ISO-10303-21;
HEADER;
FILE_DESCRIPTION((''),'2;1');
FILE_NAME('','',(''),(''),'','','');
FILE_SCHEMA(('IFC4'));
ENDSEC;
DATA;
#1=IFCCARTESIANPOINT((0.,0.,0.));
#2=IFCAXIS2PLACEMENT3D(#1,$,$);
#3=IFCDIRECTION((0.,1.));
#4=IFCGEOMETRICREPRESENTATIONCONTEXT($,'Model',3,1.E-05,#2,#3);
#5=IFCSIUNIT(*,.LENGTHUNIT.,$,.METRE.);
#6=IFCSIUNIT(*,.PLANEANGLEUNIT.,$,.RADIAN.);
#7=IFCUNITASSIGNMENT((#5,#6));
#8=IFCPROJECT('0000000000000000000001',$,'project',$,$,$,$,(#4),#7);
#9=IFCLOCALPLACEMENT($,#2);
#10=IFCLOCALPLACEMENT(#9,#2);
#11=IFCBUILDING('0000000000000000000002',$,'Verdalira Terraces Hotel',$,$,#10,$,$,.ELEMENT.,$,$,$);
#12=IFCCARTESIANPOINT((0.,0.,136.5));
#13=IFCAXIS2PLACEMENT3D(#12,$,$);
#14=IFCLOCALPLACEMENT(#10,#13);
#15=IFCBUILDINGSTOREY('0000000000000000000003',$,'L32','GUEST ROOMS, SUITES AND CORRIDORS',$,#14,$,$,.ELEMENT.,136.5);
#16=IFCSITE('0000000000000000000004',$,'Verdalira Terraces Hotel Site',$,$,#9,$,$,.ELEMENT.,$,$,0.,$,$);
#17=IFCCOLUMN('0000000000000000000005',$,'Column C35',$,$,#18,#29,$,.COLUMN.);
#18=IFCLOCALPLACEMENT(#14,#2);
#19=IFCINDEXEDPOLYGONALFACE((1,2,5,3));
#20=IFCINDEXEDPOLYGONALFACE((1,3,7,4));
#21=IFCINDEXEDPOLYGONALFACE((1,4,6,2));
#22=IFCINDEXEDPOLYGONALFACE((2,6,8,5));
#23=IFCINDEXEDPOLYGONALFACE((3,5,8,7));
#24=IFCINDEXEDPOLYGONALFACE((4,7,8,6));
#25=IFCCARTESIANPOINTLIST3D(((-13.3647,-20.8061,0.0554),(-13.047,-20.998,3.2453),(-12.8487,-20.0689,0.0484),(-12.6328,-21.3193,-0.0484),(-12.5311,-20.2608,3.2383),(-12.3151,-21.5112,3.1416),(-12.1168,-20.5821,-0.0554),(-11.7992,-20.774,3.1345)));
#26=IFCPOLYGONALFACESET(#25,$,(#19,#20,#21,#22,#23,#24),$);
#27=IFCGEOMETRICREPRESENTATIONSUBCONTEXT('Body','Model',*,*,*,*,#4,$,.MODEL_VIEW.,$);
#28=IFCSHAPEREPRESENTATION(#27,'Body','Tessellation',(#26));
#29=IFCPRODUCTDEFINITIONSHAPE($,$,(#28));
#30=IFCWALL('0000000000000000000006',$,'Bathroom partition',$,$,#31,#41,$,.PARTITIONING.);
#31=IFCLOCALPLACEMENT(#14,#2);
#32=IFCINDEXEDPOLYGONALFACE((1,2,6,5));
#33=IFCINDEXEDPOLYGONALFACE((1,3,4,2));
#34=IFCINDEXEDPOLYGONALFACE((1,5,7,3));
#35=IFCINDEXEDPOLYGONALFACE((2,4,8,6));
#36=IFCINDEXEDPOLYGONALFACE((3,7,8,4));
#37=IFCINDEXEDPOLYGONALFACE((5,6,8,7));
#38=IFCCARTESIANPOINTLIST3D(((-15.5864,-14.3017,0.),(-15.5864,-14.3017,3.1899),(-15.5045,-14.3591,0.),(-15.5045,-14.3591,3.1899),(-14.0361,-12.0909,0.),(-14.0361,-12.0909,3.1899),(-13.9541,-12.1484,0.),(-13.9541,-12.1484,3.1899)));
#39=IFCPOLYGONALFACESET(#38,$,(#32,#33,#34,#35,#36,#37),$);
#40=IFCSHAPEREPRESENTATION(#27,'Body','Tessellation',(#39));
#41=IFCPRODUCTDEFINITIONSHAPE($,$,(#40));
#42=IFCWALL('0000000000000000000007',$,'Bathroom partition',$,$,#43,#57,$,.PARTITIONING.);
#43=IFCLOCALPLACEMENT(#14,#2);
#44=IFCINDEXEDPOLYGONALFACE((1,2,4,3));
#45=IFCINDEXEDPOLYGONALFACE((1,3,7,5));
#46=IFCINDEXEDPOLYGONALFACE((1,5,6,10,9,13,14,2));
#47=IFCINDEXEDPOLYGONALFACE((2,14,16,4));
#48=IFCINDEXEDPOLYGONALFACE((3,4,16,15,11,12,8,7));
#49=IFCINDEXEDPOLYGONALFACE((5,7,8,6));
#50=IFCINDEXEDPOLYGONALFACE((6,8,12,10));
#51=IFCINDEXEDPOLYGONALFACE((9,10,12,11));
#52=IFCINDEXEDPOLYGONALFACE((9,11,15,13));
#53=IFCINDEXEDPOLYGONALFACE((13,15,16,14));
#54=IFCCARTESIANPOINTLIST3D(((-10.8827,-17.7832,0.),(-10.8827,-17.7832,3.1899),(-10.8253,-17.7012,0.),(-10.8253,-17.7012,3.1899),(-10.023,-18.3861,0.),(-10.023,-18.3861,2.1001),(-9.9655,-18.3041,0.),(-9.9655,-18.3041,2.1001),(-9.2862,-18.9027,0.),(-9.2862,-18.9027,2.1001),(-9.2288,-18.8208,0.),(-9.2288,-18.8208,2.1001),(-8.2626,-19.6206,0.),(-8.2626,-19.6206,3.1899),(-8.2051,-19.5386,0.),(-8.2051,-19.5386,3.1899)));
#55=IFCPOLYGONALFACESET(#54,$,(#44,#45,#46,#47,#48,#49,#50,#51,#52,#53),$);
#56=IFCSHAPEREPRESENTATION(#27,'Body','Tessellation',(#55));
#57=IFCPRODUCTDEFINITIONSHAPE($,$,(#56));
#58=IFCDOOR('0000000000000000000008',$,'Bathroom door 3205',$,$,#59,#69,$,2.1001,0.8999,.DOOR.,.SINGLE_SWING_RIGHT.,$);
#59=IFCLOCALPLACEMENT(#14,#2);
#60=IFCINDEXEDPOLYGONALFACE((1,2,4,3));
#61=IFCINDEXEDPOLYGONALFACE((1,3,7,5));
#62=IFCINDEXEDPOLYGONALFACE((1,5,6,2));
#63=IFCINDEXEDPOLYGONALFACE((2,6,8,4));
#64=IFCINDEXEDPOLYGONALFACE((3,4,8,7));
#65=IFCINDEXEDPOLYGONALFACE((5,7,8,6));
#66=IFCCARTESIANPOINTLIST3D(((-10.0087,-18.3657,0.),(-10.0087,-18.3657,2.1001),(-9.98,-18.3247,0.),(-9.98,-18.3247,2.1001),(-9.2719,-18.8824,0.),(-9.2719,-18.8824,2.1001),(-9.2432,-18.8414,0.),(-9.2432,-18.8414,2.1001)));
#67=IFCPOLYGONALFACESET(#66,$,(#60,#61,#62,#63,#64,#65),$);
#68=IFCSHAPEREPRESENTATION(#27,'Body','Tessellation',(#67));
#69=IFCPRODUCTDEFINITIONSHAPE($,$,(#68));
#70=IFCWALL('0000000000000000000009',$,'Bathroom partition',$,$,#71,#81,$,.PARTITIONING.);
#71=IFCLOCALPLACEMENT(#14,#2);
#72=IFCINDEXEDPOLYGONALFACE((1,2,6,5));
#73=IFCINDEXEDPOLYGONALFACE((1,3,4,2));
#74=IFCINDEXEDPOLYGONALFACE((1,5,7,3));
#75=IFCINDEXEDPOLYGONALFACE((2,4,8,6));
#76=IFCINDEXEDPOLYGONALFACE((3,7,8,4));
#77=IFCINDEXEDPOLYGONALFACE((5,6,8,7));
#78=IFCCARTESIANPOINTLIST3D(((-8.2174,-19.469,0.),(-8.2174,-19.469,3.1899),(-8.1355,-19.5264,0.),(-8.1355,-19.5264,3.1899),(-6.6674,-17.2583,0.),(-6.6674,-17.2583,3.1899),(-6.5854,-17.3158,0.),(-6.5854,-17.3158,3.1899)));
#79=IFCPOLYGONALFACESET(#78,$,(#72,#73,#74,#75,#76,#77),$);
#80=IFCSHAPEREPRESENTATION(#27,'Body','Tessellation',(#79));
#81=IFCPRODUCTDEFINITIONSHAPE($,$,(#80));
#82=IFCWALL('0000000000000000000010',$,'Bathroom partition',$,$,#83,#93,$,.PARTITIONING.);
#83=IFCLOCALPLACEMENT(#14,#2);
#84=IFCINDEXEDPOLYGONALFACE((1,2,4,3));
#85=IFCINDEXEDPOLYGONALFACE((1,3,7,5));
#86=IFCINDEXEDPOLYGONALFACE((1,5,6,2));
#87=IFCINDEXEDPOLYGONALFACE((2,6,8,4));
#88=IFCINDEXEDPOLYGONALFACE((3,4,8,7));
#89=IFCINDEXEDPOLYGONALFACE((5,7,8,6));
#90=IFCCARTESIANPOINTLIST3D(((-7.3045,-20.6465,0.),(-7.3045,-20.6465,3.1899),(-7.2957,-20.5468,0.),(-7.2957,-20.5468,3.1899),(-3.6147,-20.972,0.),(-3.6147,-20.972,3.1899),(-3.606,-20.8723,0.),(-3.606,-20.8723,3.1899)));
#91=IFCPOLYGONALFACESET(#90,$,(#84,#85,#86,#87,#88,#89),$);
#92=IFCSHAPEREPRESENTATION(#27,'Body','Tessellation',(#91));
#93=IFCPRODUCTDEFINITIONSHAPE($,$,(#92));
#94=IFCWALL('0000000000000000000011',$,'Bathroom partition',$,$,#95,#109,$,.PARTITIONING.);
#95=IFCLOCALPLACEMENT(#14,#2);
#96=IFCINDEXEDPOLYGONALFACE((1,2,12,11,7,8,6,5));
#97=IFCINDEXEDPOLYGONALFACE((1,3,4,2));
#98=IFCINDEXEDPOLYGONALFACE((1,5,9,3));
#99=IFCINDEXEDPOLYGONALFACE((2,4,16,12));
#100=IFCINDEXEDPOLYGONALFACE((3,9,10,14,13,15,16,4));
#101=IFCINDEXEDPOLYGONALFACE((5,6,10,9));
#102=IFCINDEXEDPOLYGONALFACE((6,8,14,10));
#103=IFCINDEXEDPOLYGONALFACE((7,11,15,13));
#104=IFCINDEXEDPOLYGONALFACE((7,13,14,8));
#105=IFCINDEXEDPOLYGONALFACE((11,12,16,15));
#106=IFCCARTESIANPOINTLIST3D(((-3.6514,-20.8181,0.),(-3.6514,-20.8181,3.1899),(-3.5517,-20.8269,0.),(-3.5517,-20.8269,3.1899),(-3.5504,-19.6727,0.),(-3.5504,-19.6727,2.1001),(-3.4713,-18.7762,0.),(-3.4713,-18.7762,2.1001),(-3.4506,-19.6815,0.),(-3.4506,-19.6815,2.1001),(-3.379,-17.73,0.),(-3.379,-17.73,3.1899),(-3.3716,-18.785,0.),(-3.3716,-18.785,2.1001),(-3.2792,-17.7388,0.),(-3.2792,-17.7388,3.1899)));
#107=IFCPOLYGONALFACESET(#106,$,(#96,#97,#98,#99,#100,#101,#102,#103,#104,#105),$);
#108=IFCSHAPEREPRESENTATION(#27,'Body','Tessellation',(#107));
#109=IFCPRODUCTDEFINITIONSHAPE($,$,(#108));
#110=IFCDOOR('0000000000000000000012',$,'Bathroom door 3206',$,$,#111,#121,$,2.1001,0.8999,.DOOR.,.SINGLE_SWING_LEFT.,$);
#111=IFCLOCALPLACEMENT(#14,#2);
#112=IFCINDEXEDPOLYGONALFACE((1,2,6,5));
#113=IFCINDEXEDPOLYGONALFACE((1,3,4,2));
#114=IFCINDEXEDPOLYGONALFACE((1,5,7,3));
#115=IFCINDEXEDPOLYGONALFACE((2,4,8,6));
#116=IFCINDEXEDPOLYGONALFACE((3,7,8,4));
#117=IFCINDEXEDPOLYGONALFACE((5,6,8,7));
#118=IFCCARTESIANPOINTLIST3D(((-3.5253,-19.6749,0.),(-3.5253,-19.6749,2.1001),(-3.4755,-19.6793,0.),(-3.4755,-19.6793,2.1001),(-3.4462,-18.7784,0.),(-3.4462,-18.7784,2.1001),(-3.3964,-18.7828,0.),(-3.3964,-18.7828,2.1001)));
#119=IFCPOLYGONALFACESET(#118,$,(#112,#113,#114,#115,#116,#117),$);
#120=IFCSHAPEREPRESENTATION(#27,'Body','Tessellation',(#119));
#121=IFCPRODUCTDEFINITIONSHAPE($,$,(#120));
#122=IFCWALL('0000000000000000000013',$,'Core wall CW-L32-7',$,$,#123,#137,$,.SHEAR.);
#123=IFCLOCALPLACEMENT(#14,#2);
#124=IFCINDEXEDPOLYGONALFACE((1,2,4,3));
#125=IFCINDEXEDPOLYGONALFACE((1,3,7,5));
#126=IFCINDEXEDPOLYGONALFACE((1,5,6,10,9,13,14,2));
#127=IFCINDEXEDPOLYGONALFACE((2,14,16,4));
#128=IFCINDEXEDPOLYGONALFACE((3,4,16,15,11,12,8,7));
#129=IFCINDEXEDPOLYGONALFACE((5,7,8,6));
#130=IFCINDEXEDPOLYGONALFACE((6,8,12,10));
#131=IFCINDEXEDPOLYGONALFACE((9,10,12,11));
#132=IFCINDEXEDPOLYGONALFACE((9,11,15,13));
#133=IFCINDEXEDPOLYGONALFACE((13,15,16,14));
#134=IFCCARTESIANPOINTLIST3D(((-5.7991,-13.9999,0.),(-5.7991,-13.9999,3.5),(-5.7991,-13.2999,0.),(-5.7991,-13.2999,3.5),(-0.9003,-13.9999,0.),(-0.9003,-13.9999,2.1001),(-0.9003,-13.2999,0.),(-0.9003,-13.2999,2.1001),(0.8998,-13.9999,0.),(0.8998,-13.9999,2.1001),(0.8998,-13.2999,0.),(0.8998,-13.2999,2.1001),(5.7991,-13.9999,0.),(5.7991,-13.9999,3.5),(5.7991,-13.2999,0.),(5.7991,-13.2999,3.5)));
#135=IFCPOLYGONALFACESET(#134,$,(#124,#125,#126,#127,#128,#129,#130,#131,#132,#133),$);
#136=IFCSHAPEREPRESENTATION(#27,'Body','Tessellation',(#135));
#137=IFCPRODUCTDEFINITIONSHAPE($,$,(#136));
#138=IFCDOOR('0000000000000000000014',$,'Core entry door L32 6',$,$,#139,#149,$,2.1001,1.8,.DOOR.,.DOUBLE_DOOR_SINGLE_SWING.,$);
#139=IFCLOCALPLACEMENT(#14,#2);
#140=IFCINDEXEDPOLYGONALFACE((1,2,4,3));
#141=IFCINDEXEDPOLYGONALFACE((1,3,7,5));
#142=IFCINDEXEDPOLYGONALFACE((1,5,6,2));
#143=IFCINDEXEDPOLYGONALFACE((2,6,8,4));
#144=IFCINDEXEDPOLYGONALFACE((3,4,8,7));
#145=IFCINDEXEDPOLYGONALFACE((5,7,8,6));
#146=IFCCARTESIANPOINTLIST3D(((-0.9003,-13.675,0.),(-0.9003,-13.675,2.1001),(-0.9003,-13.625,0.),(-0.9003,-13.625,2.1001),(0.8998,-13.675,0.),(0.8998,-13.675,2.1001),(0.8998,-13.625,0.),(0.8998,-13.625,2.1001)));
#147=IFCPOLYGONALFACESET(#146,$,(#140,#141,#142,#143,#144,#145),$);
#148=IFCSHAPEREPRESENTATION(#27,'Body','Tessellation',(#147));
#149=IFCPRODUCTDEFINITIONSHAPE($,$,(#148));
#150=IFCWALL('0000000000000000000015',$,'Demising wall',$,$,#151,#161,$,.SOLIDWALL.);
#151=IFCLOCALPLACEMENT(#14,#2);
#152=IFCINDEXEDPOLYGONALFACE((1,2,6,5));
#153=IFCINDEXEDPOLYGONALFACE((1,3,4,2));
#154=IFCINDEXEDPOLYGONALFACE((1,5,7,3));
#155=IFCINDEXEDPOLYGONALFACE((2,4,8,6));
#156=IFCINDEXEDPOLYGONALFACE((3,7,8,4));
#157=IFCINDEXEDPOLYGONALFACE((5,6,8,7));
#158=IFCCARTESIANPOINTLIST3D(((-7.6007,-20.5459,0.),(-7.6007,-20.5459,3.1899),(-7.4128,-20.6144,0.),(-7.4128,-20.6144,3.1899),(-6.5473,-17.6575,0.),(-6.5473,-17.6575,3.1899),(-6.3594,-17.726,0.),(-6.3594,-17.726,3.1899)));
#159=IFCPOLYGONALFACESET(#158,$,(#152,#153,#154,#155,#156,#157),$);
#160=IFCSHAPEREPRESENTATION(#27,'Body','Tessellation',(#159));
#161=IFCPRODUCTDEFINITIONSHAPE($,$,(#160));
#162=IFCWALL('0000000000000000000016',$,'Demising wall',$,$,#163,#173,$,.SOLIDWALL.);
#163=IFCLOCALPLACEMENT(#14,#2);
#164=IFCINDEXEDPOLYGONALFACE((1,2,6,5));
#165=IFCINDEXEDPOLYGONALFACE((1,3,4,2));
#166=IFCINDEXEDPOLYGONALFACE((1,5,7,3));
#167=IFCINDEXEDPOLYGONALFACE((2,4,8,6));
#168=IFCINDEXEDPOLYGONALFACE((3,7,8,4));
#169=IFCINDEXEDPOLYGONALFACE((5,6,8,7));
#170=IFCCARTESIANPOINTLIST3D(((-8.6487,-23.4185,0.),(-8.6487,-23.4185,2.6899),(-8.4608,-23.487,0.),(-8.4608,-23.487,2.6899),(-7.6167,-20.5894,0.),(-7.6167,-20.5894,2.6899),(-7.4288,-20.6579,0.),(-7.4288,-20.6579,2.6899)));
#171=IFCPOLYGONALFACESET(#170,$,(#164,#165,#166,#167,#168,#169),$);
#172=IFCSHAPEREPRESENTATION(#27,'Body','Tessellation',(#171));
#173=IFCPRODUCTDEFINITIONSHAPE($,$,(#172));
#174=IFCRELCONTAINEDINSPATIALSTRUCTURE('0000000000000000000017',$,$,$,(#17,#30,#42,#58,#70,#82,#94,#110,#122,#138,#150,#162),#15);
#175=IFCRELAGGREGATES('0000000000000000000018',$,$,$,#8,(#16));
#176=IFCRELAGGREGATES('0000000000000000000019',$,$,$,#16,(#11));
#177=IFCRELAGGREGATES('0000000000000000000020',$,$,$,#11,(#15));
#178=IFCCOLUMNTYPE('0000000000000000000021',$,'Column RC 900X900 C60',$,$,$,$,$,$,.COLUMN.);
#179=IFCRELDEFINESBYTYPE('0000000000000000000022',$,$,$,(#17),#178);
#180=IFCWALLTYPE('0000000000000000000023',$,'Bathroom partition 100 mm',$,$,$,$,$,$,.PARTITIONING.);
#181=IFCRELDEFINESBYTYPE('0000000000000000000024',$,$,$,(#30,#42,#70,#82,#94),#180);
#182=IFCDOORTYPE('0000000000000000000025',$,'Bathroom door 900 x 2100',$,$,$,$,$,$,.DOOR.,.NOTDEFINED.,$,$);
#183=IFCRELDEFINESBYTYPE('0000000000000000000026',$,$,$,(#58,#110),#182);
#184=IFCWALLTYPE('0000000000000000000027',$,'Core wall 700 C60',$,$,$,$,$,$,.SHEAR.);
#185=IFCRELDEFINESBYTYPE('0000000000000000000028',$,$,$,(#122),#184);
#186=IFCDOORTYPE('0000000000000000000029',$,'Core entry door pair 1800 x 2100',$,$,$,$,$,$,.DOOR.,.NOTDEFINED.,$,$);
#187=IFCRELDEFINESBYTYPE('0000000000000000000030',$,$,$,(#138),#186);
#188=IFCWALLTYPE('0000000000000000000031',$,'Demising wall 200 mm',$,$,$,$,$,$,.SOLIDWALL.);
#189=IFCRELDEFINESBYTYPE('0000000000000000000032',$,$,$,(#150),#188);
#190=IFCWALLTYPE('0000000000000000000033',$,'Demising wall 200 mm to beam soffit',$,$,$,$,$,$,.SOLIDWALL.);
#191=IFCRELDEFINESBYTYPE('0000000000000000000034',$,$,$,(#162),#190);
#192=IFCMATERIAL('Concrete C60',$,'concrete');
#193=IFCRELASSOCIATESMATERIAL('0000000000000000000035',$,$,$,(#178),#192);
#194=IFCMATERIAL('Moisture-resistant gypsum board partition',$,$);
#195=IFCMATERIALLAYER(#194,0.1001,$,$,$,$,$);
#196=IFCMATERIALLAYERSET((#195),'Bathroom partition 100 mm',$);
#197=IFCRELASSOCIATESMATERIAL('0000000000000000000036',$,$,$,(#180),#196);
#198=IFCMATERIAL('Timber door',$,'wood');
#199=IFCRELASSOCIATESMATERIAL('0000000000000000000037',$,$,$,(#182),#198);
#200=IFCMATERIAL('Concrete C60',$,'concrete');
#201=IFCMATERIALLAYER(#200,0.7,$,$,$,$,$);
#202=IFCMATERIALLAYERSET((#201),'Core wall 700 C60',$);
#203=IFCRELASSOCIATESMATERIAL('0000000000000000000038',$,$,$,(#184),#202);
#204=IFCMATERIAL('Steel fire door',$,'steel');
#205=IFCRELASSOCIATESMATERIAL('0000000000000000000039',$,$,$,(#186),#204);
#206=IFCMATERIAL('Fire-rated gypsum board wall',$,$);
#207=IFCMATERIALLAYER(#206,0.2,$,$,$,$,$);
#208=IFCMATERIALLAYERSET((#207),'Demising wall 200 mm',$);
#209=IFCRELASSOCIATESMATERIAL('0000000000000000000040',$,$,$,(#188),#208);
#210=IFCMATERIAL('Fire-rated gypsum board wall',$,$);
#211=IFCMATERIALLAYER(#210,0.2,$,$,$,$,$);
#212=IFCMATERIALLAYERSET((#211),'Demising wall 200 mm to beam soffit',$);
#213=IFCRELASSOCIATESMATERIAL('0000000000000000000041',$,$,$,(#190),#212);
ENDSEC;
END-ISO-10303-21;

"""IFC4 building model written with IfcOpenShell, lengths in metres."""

from ifc_helpers import new_model, si_unit, direction, frame, frame_2d, origin, origin_2d, place, context, subcontext, project, spatial, rectangle, extrude, material, layer, layer_set, material_profile, profile_set, type_object, element, fill, save


model = new_model("IFC4")

# Units and contexts
model_context = context("Model", 3, precision=1e-05, world=origin(), true_north=direction((0.0, 1.0)))
body_context = subcontext(model_context, "Body", "Model", "MODEL_VIEW")
ifc_project = project(units=[si_unit("LENGTHUNIT", "METRE"), si_unit("PLANEANGLEUNIT", "RADIAN")], contexts=[model_context])

# Site, building, storey
site_placement = place(None, origin())
site = spatial("IfcSite", under=ifc_project, at=site_placement, Name="Verdalira Terraces Hotel Site", CompositionType="ELEMENT", RefElevation=0.0)
building_placement = place(site_placement, origin())
building = spatial("IfcBuilding", under=site, at=building_placement, Name="Verdalira Terraces Hotel", CompositionType="ELEMENT")
storey_placement = place(building_placement, frame((0.0, 0.0, 136.5)))
storey = spatial("IfcBuildingStorey", under=building, at=storey_placement, Name="L32", Description="GUEST ROOMS, SUITES AND CORRIDORS", CompositionType="ELEMENT", Elevation=136.5)

# Column
ifc_material_1 = material(Name="Concrete C60", Category="concrete")
ifc_material_profile = material_profile(ifc_material_1, rectangle(XDim=0.8999, YDim=0.8999, at=origin_2d()), Name="RC 900X900")
ifc_profile_set = profile_set([ifc_material_profile], Name="Concrete C60")
column_type = type_object("IfcColumnType", Name="Column RC 900X900 C60", PredefinedType="COLUMN", material=ifc_profile_set)
column_placement = place(storey_placement, frame((-12.7407, -20.6941, 0.0), z_axis=(0.098904, -0.059753, 0.993301), x_axis=(-0.573373, -0.819257, 0.007808)))
element("IfcColumn", 1, at=column_placement, inside=storey, type_object=column_type, Name="Column C35", PredefinedType="COLUMN", context=body_context, shape_type="SweptSolid", body=[
    extrude(rectangle(XDim=0.8999, YDim=0.8999, at=origin_2d()), origin(), (0.0, 0.0, 1.0), 3.2114),
])

# Wall
ifc_material_2 = material(Name="Moisture-resistant gypsum board partition")
ifc_layer_1 = layer(ifc_material_2, 0.1001)
ifc_layer_set_1 = layer_set([ifc_layer_1], Name="Bathroom partition 100 mm")
wall_type_1 = type_object("IfcWallType", Name="Bathroom partition 100 mm", PredefinedType="PARTITIONING", material=ifc_layer_set_1)
wall_1_placement = place(storey_placement, frame((-13.9951, -12.1196, 0.0), z_axis=(0.0, 0.0, 1.0), x_axis=(-0.57416, -0.818743, 0.0)))
element("IfcWall", 2, at=wall_1_placement, inside=storey, type_object=wall_type_1, Name="Bathroom partition", PredefinedType="PARTITIONING", context=body_context, shape_type="SweptSolid", body=[
    extrude(rectangle(XDim=2.7002, YDim=0.1001, at=frame_2d((1.3501, 0.0))), origin(), (0.0, 0.0, 1.0), 3.1899),
])

# Wall, opening, door
wall_2_placement = place(storey_placement, frame((-10.854, -17.7422, 0.0), z_axis=(0.0, 0.0, 1.0), x_axis=(0.818744, -0.574158, 0.0)))
wall_2 = element("IfcWall", 3, at=wall_2_placement, inside=storey, type_object=wall_type_1, Name="Bathroom partition", PredefinedType="PARTITIONING", context=body_context, shape_type="SweptSolid", body=[
    extrude(rectangle(XDim=3.2002, YDim=0.1001, at=frame_2d((1.6001, 0.0))), origin(), (0.0, 0.0, 1.0), 3.1899),
])
opening_1_placement = place(wall_2_placement, frame((1.05, 0.0, 0.0)))
opening_1 = element("IfcOpeningElement", 4, at=opening_1_placement, cuts=wall_2, PredefinedType="OPENING", context=body_context, shape_type="SweptSolid", body=[
    extrude(rectangle(XDim=0.8999, YDim=2.1001, at=frame_2d((0.45, 1.05))), frame((0.0, 0.0601, 0.0), z_axis=(0.0, -1.0, 0.0), x_axis=(1.0, 0.0, 0.0)), (0.0, 0.0, 1.0), 0.1201),
])
ifc_material_3 = material(Name="Timber door", Category="wood")
door_type_1 = type_object("IfcDoorType", Name="Bathroom door 900 x 2100", OperationType="NOTDEFINED", PredefinedType="DOOR", material=ifc_material_3)
door_1_placement = place(opening_1_placement, origin())
door_1 = element("IfcDoor", 5, at=door_1_placement, inside=storey, type_object=door_type_1, Name="Bathroom door 3205", OperationType="SINGLE_SWING_RIGHT", OverallHeight=2.1001, OverallWidth=0.8999, PredefinedType="DOOR", context=body_context, shape_type="SweptSolid", body=[
    extrude(rectangle(XDim=0.8999, YDim=2.1001, at=frame_2d((0.45, 1.05))), frame((0.0, 0.0249, 0.0), z_axis=(0.0, -1.0, 0.0), x_axis=(1.0, 0.0, 0.0)), (0.0, 0.0, 1.0), 0.05),
])
fill(opening_1, door_1)

# Walls
wall_3_placement = place(storey_placement, frame((-8.1765, -19.4978, 0.0), z_axis=(0.0, 0.0, 1.0), x_axis=(0.574099, 0.818786, 0.0)))
element("IfcWall", 6, at=wall_3_placement, inside=storey, type_object=wall_type_1, Name="Bathroom partition", PredefinedType="PARTITIONING", context=body_context, shape_type="SweptSolid", body=[
    extrude(rectangle(XDim=2.7, YDim=0.1001, at=frame_2d((1.3501, 0.0))), origin(), (0.0, 0.0, 1.0), 3.1899),
])
wall_4_placement = place(storey_placement, frame((-3.6104, -20.9221, 0.0), z_axis=(0.0, 0.0, 1.0), x_axis=(-0.996133, 0.087861, 0.0)))
element("IfcWall", 7, at=wall_4_placement, inside=storey, type_object=wall_type_1, Name="Bathroom partition", PredefinedType="PARTITIONING", context=body_context, shape_type="SweptSolid", body=[
    extrude(rectangle(XDim=3.7041, YDim=0.1001, at=frame_2d((1.8521, 0.0))), origin(), (0.0, 0.0, 1.0), 3.1899),
])

# Walls, openings, doors
wall_5_placement = place(storey_placement, frame((-3.6016, -20.8225, 0.0), z_axis=(0.0, 0.0, 1.0), x_axis=(0.087887, 0.99613, 0.0)))
wall_5 = element("IfcWall", 8, at=wall_5_placement, inside=storey, type_object=wall_type_1, Name="Bathroom partition", PredefinedType="PARTITIONING", context=body_context, shape_type="SweptSolid", body=[
    extrude(rectangle(XDim=3.1001, YDim=0.1001, at=frame_2d((1.55, 0.0))), origin(), (0.0, 0.0, 1.0), 3.1899),
])
opening_2_placement = place(wall_5_placement, frame((1.1499, 0.0, 0.0)))
opening_2 = element("IfcOpeningElement", 9, at=opening_2_placement, cuts=wall_5, PredefinedType="OPENING", context=body_context, shape_type="SweptSolid", body=[
    extrude(rectangle(XDim=0.8999, YDim=2.1001, at=frame_2d((0.45, 1.05))), frame((0.0, 0.0601, 0.0), z_axis=(0.0, -1.0, 0.0), x_axis=(1.0, 0.0, 0.0)), (0.0, 0.0, 1.0), 0.1201),
])
door_2_placement = place(opening_2_placement, origin())
door_2 = element("IfcDoor", 10, at=door_2_placement, inside=storey, type_object=door_type_1, Name="Bathroom door 3206", OperationType="SINGLE_SWING_LEFT", OverallHeight=2.1001, OverallWidth=0.8999, PredefinedType="DOOR", context=body_context, shape_type="SweptSolid", body=[
    extrude(rectangle(XDim=0.8999, YDim=2.1001, at=frame_2d((0.45, 1.05))), frame((0.0, 0.0249, 0.0), z_axis=(0.0, -1.0, 0.0), x_axis=(1.0, 0.0, 0.0)), (0.0, 0.0, 1.0), 0.05),
])
fill(opening_2, door_2)
ifc_material_4 = material(Name="Concrete C60", Category="concrete")
ifc_layer_2 = layer(ifc_material_4, 0.7)
ifc_layer_set_2 = layer_set([ifc_layer_2], Name="Core wall 700 C60")
wall_type_2 = type_object("IfcWallType", Name="Core wall 700 C60", PredefinedType="SHEAR", material=ifc_layer_set_2)
wall_6_placement = place(storey_placement, frame((-5.7991, -13.6499, 0.0), z_axis=(0.0, 0.0, 1.0), x_axis=(1.0, 0.0, 0.0)))
wall_6 = element("IfcWall", 11, at=wall_6_placement, inside=storey, type_object=wall_type_2, Name="Core wall CW-L32-7", PredefinedType="SHEAR", context=body_context, shape_type="SweptSolid", body=[
    extrude(rectangle(XDim=11.5981, YDim=0.7, at=frame_2d((5.7991, 0.0))), origin(), (0.0, 0.0, 1.0), 3.5),
])
opening_3_placement = place(wall_6_placement, frame((4.8989, 0.0, 0.0)))
opening_3 = element("IfcOpeningElement", 12, at=opening_3_placement, cuts=wall_6, PredefinedType="OPENING", context=body_context, shape_type="SweptSolid", body=[
    extrude(rectangle(XDim=1.8, YDim=2.1001, at=frame_2d((0.8999, 1.05))), frame((0.0, 0.3599, 0.0), z_axis=(0.0, -1.0, 0.0), x_axis=(1.0, 0.0, 0.0)), (0.0, 0.0, 1.0), 0.72),
])
ifc_material_5 = material(Name="Steel fire door", Category="steel")
door_type_2 = type_object("IfcDoorType", Name="Core entry door pair 1800 x 2100", OperationType="NOTDEFINED", PredefinedType="DOOR", material=ifc_material_5)
door_3_placement = place(opening_3_placement, origin())
door_3 = element("IfcDoor", 13, at=door_3_placement, inside=storey, type_object=door_type_2, Name="Core entry door L32 6", OperationType="DOUBLE_DOOR_SINGLE_SWING", OverallHeight=2.1001, OverallWidth=1.8, PredefinedType="DOOR", context=body_context, shape_type="SweptSolid", body=[
    extrude(rectangle(XDim=1.8, YDim=2.1001, at=frame_2d((0.8999, 1.05))), frame((0.0, 0.0249, 0.0), z_axis=(0.0, -1.0, 0.0), x_axis=(1.0, 0.0, 0.0)), (0.0, 0.0, 1.0), 0.05),
])
fill(opening_3, door_3)

# Walls
ifc_material_6 = material(Name="Fire-rated gypsum board wall")
ifc_layer_3 = layer(ifc_material_6, 0.2)
ifc_layer_set_3 = layer_set([ifc_layer_3], Name="Demising wall 200 mm")
wall_type_3 = type_object("IfcWallType", Name="Demising wall 200 mm", PredefinedType="SOLIDWALL", material=ifc_layer_set_3)
wall_7_placement = place(storey_placement, frame((-6.4534, -17.6919, 0.0), z_axis=(0.0, 0.0, 1.0), x_axis=(-0.342642, -0.939466, 0.0)))
element("IfcWall", 14, at=wall_7_placement, inside=storey, type_object=wall_type_3, Name="Demising wall", PredefinedType="SOLIDWALL", context=body_context, shape_type="SweptSolid", body=[
    extrude(rectangle(XDim=3.0745, YDim=0.2, at=frame_2d((1.5371, 0.0))), origin(), (0.0, 0.0, 1.0), 3.1899),
])
ifc_material_7 = material(Name="Fire-rated gypsum board wall")
ifc_layer_4 = layer(ifc_material_7, 0.2)
ifc_layer_set_4 = layer_set([ifc_layer_4], Name="Demising wall 200 mm to beam soffit")
wall_type_4 = type_object("IfcWallType", Name="Demising wall 200 mm to beam soffit", PredefinedType="SOLIDWALL", material=ifc_layer_set_4)
wall_8_placement = place(storey_placement, frame((-7.5227, -20.6235, 0.0), z_axis=(0.0, 0.0, 1.0), x_axis=(-0.342687, -0.93945, 0.0)))
element("IfcWall", 15, at=wall_8_placement, inside=storey, type_object=wall_type_4, Name="Demising wall", PredefinedType="SOLIDWALL", context=body_context, shape_type="SweptSolid", body=[
    extrude(rectangle(XDim=3.0115, YDim=0.2, at=frame_2d((1.5059, 0.0))), origin(), (0.0, 0.0, 1.0), 2.6899),
])

save(model, "model.ifc")
